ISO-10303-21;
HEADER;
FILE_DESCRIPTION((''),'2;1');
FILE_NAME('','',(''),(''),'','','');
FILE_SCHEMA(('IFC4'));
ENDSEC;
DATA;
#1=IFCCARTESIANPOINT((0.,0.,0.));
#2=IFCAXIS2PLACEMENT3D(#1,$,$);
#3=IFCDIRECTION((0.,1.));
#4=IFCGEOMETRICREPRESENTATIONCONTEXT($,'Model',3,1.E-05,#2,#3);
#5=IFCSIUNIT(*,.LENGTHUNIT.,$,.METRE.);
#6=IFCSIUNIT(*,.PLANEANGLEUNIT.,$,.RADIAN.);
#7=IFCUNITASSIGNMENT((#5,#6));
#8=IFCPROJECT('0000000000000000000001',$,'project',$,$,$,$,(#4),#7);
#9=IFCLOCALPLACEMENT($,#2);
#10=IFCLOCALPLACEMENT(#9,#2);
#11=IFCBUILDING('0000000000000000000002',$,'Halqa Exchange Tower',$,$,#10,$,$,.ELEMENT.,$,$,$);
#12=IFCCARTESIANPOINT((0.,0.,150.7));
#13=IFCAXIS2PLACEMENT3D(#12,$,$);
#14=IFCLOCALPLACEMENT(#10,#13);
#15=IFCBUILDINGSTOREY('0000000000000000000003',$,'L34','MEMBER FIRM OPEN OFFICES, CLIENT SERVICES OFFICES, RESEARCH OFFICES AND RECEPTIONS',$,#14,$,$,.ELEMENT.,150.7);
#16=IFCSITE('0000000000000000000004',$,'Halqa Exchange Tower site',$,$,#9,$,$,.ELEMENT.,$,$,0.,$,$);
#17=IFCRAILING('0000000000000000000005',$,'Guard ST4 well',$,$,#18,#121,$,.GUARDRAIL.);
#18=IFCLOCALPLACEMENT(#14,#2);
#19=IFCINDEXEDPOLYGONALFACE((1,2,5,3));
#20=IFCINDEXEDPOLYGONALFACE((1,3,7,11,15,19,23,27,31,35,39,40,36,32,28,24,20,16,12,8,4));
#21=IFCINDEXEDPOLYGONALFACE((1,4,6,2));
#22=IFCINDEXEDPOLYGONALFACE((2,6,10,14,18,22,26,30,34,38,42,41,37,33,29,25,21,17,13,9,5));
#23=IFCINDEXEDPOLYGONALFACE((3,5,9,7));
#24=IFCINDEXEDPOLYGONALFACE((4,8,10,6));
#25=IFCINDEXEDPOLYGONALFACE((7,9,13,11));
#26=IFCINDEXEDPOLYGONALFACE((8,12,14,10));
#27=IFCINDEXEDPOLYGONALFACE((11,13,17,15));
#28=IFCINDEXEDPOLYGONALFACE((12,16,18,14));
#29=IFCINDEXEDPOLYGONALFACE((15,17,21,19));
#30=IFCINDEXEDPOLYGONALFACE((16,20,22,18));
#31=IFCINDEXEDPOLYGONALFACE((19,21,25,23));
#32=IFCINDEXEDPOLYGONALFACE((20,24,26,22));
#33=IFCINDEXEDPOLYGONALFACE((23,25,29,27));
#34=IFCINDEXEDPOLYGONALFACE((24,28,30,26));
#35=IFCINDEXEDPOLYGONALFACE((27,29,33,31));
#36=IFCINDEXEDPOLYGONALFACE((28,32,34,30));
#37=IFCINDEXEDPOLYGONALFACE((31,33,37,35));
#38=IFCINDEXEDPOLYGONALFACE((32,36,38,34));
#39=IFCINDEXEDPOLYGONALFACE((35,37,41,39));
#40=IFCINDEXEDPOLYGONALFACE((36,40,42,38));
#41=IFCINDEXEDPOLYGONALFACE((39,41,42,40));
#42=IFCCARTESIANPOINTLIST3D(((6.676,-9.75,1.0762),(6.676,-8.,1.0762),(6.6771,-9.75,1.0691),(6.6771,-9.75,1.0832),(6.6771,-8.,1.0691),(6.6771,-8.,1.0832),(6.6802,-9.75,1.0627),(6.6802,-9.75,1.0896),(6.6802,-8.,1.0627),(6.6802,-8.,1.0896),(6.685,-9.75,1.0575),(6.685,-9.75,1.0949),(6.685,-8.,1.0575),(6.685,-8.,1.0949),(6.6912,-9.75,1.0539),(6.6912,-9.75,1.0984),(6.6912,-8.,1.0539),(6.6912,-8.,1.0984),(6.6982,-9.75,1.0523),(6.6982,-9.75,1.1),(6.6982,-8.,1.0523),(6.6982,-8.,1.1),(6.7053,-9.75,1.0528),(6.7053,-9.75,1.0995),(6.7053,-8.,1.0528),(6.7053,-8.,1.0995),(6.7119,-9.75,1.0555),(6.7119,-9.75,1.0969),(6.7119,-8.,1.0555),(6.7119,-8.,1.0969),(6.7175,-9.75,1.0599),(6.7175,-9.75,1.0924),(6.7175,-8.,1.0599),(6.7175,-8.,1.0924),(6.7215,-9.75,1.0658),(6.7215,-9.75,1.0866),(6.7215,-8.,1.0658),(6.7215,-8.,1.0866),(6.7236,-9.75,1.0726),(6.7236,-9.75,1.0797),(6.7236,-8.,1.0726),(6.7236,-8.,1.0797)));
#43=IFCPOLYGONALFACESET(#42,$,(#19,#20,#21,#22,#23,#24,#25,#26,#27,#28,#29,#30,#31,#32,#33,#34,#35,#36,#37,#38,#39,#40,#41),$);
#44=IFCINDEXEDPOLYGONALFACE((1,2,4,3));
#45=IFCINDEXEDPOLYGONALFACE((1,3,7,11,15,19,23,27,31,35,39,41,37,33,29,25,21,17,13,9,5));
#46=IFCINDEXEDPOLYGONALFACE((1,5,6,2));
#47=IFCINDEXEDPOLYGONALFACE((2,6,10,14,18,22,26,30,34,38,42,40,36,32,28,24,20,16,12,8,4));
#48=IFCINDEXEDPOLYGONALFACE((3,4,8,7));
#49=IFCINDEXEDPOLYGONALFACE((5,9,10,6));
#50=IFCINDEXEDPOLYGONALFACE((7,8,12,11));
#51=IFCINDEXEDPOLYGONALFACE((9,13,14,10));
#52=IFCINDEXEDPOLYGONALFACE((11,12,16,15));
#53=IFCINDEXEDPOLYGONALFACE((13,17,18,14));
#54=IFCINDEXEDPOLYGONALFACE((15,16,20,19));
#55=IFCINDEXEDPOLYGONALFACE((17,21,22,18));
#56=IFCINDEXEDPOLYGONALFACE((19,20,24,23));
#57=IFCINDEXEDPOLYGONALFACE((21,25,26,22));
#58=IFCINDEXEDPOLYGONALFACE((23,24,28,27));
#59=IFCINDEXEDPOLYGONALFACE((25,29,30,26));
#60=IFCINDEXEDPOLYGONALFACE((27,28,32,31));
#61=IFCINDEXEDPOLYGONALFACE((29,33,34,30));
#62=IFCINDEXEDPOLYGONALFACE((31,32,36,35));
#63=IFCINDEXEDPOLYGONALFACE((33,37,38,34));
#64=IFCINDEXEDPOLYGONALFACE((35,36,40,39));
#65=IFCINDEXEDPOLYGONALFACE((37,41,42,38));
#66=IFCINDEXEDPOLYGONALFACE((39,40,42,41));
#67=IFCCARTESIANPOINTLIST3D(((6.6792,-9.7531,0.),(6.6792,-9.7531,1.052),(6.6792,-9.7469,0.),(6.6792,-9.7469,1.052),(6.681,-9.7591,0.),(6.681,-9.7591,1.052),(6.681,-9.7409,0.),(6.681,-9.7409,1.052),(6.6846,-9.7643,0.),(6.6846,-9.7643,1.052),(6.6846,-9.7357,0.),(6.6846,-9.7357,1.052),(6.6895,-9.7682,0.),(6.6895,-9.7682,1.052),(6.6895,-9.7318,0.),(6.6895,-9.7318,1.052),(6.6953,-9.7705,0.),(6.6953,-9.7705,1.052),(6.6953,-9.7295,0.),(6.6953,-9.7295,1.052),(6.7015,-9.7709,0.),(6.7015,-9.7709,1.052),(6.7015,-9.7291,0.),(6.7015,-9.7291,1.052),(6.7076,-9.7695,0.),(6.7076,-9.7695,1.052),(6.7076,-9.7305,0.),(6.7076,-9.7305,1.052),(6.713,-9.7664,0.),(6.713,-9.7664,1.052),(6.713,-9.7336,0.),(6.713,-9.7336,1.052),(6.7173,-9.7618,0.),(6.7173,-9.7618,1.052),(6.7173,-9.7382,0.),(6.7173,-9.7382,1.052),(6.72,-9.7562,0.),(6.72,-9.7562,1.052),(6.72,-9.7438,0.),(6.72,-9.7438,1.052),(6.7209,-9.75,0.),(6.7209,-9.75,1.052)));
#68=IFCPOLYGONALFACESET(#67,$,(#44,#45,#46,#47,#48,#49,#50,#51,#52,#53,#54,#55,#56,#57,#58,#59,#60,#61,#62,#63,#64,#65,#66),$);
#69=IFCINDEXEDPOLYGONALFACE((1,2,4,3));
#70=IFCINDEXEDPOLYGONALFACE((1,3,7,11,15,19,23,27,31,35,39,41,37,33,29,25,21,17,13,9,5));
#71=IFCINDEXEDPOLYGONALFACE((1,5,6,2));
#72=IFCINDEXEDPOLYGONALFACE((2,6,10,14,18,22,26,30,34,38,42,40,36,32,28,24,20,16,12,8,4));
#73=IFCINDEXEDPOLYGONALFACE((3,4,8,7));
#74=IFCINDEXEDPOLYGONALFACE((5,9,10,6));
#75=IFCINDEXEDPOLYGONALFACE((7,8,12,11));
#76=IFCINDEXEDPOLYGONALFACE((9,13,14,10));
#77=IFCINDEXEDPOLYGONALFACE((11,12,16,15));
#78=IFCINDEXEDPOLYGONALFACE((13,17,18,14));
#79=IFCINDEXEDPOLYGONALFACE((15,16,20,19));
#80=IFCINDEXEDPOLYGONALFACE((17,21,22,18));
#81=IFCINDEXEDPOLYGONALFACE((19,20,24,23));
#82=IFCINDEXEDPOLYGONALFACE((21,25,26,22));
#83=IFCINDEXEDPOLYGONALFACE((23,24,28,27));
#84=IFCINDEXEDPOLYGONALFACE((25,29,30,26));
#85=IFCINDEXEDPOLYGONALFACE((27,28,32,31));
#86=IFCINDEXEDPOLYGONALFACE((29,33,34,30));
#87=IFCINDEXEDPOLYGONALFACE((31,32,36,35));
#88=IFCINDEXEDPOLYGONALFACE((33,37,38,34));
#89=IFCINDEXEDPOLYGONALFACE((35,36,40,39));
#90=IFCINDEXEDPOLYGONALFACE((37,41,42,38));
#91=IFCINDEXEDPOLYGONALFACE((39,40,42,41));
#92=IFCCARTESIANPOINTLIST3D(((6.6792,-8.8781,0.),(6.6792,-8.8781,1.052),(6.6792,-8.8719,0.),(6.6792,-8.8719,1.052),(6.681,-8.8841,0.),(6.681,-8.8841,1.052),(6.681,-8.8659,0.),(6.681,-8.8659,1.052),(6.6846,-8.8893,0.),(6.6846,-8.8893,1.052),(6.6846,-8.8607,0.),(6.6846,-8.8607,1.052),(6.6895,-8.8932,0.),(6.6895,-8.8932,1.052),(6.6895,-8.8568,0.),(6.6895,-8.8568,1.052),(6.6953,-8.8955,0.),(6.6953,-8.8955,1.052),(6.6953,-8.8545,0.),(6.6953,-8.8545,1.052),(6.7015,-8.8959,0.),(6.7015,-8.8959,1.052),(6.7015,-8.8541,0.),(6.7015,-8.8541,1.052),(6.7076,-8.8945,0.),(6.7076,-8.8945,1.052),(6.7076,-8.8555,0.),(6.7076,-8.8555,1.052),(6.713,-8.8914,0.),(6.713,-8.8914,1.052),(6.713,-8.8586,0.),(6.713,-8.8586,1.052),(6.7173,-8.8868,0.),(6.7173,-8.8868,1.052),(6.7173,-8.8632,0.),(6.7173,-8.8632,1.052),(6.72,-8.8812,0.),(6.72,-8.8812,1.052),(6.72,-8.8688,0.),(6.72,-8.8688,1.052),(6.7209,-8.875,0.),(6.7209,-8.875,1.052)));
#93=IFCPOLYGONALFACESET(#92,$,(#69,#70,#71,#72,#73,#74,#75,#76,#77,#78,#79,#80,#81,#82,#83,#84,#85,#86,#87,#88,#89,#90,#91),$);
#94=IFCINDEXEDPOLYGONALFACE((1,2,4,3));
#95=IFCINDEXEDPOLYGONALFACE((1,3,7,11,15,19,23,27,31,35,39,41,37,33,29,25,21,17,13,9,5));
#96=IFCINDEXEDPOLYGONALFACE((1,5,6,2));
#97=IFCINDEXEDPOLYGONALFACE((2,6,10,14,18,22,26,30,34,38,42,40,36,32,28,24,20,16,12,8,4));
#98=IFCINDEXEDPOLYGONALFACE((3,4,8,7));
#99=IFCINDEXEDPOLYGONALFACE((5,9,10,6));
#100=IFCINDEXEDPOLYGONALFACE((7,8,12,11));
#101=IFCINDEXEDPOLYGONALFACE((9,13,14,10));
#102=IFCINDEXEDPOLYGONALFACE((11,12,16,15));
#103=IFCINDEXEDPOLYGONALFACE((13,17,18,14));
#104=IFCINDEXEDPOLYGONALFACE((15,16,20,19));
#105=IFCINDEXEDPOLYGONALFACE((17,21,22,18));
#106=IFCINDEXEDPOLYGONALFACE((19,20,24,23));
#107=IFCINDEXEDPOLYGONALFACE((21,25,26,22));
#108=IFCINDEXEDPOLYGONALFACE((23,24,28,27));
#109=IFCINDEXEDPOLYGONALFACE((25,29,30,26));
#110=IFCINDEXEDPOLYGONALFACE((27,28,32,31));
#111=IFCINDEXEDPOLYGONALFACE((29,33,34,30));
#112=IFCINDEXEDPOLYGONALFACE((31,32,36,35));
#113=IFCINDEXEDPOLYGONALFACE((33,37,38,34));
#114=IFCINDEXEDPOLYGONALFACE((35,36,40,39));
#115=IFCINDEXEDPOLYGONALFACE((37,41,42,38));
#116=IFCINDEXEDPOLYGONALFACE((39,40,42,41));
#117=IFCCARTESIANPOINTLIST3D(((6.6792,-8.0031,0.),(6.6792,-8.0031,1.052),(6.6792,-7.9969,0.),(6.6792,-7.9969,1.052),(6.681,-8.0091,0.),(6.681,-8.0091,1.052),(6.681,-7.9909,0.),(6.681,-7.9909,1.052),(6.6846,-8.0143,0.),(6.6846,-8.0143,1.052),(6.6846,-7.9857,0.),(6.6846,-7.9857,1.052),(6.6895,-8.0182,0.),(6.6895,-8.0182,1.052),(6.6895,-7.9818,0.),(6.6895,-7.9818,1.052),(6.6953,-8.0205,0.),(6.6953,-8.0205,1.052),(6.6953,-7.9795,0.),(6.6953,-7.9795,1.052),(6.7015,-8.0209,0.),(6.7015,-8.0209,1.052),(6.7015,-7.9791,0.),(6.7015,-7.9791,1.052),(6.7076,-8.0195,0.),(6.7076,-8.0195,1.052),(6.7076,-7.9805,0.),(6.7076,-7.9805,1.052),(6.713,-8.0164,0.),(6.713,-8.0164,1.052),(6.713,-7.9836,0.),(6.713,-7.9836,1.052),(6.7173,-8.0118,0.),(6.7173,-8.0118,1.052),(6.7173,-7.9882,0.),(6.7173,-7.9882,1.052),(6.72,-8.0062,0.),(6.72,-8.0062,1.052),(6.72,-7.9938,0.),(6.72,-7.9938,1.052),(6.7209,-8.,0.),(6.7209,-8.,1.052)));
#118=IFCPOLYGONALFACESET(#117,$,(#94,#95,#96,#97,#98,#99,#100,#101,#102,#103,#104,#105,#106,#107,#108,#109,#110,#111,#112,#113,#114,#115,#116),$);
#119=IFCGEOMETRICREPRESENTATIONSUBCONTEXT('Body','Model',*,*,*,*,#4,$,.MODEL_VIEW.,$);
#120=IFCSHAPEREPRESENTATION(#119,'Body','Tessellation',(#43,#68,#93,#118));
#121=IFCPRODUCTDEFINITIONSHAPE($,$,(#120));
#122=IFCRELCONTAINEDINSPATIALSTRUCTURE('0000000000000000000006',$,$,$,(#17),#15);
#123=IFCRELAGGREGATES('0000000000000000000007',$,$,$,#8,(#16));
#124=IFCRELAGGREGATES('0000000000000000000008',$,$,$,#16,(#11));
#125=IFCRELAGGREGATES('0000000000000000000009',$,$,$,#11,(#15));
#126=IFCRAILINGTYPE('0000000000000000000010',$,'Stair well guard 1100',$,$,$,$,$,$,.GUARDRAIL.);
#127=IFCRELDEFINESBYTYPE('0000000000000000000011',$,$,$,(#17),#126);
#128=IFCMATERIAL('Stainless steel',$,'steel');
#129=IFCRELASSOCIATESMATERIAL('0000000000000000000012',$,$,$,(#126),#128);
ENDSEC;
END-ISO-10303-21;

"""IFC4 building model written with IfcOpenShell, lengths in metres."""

from ifc_helpers import new_model, si_unit, direction, frame, origin, origin_2d, place, context, subcontext, project, spatial, circle, extrude, material, type_object, element, save


model = new_model("IFC4")

# Units and contexts
model_context = context("Model", 3, precision=1e-05, world=origin(), true_north=direction((0.0, 1.0)))
body_context = subcontext(model_context, "Body", "Model", "MODEL_VIEW")
ifc_project = project(units=[si_unit("LENGTHUNIT", "METRE"), si_unit("PLANEANGLEUNIT", "RADIAN")], contexts=[model_context])

# Site, building, storey
site_placement = place(None, origin())
site = spatial("IfcSite", under=ifc_project, at=site_placement, Name="Halqa Exchange Tower site", CompositionType="ELEMENT", RefElevation=0.0)
building_placement = place(site_placement, origin())
building = spatial("IfcBuilding", under=site, at=building_placement, Name="Halqa Exchange Tower", CompositionType="ELEMENT")
storey_placement = place(building_placement, frame((0.0, 0.0, 150.7)))
storey = spatial("IfcBuildingStorey", under=building, at=storey_placement, Name="L34", Description="MEMBER FIRM OPEN OFFICES, CLIENT SERVICES OFFICES, RESEARCH OFFICES AND RECEPTIONS", CompositionType="ELEMENT", Elevation=150.7)

# Railing
ifc_material_1 = material(Name="Stainless steel", Category="steel")
railing_type_1 = type_object("IfcRailingType", Name="Stair well guard 1100", PredefinedType="GUARDRAIL", material=ifc_material_1)
railing_1_placement = place(storey_placement, frame((6.7, -9.75, 0.0)))
element("IfcRailing", 1, at=railing_1_placement, inside=storey, type_object=railing_type_1, Name="Guard ST4 well", PredefinedType="GUARDRAIL", context=body_context, shape_type="SweptSolid", body=[
    extrude(circle(Radius=0.0239, at=origin_2d()), frame((0.0, 0.0, 1.0762), z_axis=(0.0, 1.0, 0.0), x_axis=(-1.0, 0.0, 0.0)), (0.0, 0.0, 1.0), 1.75),
    extrude(circle(Radius=0.021, at=origin_2d()), origin(), (0.0, 0.0, 1.0), 1.052),
    extrude(circle(Radius=0.021, at=origin_2d()), frame((0.0, 0.875, 0.0)), (0.0, 0.0, 1.0), 1.052),
    extrude(circle(Radius=0.021, at=origin_2d()), frame((0.0, 1.75, 0.0)), (0.0, 0.0, 1.0), 1.052),
])

save(model, "model.ifc")
